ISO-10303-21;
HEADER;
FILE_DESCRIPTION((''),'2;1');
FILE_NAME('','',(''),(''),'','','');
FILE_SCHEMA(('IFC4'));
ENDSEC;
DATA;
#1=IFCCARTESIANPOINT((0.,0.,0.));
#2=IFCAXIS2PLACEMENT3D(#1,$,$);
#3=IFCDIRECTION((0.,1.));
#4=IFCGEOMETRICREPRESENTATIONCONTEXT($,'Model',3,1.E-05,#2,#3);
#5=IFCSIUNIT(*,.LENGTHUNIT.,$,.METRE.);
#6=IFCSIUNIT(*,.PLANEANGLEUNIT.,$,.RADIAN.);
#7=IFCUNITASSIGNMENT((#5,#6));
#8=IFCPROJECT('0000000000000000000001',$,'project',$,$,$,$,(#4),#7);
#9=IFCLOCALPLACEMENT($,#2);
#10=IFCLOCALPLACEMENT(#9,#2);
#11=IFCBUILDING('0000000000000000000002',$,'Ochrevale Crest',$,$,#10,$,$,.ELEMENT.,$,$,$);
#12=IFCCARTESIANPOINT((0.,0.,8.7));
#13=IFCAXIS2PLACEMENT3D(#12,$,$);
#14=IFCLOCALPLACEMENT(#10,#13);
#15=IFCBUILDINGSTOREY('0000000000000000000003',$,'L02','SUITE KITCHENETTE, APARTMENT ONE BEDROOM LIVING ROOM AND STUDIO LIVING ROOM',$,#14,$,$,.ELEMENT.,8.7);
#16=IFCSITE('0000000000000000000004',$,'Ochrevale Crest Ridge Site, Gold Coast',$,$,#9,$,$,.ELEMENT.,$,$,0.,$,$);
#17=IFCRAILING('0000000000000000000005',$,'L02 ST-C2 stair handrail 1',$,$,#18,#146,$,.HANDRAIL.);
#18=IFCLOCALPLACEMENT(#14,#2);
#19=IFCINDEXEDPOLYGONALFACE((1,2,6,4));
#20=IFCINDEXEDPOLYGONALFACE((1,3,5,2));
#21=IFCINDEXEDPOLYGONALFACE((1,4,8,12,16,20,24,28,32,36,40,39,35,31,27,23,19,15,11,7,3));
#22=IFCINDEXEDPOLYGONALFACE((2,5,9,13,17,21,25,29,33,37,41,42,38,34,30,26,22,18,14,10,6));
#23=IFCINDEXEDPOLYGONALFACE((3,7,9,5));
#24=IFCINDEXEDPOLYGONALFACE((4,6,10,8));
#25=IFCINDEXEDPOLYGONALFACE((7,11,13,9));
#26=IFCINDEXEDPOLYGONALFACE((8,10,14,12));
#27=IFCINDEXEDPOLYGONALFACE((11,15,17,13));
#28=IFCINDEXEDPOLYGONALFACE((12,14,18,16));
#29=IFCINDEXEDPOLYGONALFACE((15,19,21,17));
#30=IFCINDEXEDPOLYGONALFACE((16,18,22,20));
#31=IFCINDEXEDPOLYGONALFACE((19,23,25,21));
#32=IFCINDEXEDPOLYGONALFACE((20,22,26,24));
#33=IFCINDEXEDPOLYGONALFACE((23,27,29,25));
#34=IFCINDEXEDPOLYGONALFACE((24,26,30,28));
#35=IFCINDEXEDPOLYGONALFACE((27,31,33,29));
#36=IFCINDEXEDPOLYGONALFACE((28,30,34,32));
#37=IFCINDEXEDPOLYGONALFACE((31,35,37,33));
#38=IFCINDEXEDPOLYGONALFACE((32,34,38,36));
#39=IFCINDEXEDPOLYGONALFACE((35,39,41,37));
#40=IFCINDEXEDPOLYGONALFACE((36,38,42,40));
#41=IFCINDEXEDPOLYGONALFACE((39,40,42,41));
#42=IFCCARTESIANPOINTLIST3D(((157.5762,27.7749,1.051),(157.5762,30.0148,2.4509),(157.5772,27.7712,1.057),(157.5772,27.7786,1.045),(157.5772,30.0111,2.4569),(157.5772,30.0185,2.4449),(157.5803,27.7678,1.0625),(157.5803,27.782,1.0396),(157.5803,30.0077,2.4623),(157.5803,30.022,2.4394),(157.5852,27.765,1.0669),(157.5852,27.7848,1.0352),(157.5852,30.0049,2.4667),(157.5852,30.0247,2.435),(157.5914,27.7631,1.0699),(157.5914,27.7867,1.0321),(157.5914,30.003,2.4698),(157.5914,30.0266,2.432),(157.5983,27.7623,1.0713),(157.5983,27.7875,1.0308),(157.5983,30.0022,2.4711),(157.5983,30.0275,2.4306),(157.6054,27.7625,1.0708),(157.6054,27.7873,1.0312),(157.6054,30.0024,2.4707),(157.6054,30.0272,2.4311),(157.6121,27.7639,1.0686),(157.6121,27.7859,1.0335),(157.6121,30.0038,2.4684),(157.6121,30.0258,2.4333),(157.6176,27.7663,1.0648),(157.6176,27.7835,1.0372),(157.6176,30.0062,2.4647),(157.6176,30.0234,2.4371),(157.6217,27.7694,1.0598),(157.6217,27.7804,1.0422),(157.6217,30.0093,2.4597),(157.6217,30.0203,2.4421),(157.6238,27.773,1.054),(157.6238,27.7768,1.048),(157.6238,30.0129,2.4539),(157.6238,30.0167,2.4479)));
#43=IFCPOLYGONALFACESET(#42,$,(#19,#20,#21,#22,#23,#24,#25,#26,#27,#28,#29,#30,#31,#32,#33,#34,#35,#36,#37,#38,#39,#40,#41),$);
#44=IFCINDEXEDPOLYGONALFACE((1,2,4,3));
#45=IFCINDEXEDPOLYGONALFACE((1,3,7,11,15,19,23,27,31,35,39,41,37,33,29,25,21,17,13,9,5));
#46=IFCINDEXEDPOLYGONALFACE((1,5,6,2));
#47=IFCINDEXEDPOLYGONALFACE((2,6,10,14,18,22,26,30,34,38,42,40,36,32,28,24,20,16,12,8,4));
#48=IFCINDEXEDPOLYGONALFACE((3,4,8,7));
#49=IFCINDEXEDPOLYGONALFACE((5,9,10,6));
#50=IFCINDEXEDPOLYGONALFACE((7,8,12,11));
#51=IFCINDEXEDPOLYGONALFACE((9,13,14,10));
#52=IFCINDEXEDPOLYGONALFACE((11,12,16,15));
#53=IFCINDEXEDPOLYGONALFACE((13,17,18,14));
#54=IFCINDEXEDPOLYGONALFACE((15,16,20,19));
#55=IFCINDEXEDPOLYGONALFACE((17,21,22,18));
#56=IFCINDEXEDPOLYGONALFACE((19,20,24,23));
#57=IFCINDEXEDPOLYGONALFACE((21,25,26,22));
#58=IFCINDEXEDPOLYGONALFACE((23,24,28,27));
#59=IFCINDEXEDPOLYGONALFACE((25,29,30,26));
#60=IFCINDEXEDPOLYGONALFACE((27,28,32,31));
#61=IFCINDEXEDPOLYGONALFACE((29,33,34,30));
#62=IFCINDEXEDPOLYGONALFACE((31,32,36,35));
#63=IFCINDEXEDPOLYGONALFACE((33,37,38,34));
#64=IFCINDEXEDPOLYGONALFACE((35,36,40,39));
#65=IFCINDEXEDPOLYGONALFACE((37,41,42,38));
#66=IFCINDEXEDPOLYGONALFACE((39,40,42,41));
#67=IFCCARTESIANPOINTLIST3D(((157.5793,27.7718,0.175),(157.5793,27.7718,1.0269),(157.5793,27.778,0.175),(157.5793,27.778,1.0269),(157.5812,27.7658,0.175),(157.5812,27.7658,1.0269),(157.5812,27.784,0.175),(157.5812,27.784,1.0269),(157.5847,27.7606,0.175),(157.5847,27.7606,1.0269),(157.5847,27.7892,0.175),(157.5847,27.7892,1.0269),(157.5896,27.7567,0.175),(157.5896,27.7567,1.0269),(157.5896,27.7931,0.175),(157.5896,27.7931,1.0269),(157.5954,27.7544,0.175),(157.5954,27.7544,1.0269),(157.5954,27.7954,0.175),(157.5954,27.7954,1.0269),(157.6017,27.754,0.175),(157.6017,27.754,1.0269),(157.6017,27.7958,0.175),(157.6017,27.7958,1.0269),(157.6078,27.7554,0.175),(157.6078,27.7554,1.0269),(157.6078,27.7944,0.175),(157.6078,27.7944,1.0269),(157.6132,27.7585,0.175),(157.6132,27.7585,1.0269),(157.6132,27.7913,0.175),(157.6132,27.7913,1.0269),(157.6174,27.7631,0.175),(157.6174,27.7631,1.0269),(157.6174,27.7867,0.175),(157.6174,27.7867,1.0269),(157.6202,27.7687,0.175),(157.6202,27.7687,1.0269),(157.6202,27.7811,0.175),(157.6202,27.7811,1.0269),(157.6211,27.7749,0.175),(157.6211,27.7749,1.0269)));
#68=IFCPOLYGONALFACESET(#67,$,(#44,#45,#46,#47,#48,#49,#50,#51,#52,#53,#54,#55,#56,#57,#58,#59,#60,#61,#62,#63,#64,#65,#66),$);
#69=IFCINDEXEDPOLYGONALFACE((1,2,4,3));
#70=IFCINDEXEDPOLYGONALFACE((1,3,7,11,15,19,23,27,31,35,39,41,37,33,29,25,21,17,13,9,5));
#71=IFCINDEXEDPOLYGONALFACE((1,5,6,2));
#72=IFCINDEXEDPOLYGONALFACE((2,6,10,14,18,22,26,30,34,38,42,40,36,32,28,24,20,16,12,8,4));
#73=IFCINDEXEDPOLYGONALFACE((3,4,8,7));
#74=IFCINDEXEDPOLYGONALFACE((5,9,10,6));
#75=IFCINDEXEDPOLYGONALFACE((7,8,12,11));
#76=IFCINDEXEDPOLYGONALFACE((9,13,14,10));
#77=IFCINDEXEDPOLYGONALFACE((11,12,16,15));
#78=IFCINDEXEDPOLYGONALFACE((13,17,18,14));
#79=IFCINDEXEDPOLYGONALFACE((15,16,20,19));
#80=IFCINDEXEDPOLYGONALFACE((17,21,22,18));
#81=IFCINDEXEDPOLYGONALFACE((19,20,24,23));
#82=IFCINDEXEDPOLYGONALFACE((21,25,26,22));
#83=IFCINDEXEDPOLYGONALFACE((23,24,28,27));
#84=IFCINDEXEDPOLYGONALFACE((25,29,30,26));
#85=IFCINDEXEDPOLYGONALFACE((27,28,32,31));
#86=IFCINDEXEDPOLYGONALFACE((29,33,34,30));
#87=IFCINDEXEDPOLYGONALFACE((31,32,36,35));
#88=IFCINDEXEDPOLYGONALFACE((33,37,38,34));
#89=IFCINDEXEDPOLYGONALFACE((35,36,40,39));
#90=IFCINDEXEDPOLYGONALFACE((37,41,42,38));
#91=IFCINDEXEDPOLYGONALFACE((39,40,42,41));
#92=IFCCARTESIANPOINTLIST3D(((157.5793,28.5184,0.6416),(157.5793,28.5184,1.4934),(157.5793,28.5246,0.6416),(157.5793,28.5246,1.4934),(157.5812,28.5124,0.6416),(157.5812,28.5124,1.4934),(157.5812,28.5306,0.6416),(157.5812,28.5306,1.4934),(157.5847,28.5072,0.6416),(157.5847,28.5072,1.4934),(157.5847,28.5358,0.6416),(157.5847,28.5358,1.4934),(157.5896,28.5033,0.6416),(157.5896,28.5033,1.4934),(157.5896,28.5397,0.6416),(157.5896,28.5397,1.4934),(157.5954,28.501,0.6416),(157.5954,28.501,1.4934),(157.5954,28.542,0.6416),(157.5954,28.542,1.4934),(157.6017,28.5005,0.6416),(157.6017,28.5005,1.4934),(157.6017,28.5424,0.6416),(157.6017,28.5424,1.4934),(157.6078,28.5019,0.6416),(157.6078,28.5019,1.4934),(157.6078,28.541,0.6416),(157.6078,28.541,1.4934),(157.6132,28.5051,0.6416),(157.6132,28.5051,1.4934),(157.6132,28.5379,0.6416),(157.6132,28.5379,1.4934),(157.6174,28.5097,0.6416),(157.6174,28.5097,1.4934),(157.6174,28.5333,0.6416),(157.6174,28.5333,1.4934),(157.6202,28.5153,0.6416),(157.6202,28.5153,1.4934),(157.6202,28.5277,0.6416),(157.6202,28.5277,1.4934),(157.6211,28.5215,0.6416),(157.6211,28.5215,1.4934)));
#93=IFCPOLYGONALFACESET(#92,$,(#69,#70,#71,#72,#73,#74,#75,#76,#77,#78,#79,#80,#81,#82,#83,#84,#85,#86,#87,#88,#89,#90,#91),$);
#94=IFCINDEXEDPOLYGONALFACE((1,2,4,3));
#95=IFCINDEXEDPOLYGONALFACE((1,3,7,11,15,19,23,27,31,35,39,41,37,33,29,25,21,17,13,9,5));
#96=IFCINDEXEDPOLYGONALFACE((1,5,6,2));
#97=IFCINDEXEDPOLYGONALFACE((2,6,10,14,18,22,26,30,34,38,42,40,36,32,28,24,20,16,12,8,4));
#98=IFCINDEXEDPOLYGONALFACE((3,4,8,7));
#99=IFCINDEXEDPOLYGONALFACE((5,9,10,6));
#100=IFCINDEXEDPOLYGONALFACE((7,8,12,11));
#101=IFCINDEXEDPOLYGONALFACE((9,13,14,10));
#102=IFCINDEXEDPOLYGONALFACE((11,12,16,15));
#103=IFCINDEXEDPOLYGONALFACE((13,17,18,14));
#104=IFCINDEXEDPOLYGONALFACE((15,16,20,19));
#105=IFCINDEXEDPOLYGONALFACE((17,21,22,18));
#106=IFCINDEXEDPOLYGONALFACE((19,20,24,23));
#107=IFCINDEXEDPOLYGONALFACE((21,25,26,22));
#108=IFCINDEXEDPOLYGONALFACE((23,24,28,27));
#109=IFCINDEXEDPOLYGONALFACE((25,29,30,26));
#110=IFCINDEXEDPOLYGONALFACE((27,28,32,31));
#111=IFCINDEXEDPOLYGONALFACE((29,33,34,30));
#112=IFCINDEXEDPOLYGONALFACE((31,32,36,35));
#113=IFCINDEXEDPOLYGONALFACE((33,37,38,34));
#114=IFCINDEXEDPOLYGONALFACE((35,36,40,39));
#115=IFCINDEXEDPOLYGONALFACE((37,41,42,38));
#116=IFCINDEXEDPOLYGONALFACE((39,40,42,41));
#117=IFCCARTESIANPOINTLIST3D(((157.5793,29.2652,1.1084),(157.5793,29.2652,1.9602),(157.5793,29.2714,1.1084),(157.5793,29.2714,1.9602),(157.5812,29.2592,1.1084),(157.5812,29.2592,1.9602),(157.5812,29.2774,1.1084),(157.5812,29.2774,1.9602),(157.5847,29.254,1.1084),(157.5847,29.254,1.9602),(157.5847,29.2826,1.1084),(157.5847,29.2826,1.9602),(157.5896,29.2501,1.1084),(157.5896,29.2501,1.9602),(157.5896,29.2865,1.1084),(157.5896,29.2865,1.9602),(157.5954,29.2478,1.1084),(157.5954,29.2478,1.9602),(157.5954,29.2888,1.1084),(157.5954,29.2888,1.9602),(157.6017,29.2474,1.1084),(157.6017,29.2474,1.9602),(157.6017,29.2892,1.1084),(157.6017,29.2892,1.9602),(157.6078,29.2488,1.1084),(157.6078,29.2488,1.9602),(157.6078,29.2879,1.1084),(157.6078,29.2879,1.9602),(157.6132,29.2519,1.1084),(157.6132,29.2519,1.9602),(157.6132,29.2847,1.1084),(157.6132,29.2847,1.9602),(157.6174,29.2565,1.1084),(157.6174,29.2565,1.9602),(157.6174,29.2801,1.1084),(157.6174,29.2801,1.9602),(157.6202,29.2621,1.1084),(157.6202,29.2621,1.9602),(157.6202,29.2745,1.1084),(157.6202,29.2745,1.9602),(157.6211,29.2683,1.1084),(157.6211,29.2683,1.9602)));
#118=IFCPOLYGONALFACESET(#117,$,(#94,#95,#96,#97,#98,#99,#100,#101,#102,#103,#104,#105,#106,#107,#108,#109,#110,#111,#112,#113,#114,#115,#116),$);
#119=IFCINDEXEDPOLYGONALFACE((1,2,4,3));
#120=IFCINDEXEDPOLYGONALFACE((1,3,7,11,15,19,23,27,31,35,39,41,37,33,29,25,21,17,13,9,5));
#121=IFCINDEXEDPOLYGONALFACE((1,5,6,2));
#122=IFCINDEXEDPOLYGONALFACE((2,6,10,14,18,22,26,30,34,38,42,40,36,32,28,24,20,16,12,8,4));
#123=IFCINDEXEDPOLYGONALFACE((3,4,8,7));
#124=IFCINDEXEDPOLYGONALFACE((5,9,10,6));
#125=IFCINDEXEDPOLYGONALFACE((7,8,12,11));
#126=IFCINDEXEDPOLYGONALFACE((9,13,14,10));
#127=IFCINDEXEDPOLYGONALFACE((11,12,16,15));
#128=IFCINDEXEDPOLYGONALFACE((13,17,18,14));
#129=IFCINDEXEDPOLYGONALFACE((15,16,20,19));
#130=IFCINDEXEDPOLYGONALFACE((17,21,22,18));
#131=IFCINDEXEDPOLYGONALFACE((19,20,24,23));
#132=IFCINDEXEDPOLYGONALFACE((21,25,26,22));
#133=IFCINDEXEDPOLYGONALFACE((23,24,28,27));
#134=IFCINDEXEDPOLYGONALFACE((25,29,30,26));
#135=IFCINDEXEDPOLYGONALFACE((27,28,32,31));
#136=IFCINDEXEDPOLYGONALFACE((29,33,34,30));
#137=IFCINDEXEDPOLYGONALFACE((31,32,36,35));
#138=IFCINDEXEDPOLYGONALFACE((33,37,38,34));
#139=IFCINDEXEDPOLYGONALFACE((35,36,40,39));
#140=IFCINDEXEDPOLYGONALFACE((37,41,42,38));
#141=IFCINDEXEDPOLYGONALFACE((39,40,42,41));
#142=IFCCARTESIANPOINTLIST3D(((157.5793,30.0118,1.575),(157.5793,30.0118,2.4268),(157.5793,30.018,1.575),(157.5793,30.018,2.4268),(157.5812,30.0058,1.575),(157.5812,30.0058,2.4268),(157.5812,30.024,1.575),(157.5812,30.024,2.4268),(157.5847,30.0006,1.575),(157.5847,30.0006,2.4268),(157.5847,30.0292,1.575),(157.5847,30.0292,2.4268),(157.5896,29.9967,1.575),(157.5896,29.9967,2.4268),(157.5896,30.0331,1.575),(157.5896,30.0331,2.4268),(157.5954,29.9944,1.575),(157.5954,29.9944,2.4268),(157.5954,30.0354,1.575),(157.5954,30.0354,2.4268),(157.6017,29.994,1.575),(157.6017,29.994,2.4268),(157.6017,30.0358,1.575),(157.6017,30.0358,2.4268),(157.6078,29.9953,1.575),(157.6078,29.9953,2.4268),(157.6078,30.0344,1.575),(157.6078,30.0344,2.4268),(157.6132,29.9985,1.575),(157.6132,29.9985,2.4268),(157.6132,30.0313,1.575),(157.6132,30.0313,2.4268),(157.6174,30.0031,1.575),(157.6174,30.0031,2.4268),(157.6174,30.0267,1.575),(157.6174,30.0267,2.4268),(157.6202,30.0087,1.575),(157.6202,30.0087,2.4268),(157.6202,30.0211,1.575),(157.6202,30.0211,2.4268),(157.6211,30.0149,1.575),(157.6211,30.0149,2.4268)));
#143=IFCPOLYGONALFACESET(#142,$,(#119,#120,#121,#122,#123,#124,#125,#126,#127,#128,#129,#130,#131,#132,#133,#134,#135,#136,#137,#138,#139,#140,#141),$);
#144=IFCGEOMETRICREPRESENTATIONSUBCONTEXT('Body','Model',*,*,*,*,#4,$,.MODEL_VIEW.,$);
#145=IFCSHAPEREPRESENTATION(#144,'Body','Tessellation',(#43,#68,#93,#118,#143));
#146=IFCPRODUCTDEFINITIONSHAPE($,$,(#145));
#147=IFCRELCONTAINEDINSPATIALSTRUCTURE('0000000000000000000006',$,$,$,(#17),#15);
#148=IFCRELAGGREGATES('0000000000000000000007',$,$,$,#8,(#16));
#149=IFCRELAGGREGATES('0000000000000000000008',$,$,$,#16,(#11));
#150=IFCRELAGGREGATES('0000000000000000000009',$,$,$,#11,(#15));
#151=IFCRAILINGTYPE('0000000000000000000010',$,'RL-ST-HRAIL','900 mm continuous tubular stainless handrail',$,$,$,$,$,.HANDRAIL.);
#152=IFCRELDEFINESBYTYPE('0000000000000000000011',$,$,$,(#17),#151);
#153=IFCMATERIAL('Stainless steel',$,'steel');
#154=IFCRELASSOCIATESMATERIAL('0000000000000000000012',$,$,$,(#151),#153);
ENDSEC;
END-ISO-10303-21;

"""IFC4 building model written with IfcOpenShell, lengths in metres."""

from ifc_helpers import new_model, si_unit, direction, frame, origin, origin_2d, place, context, subcontext, project, spatial, circle, extrude, material, type_object, element, save


model = new_model("IFC4")

# Units and contexts
model_context = context("Model", 3, precision=1e-05, world=origin(), true_north=direction((0.0, 1.0)))
body_context = subcontext(model_context, "Body", "Model", "MODEL_VIEW")
ifc_project = project(units=[si_unit("LENGTHUNIT", "METRE"), si_unit("PLANEANGLEUNIT", "RADIAN")], contexts=[model_context])

# Site, building, storey
site_placement = place(None, origin())
site = spatial("IfcSite", under=ifc_project, at=site_placement, Name="Ochrevale Crest Ridge Site, Gold Coast", CompositionType="ELEMENT", RefElevation=0.0)
building_placement = place(site_placement, origin())
building = spatial("IfcBuilding", under=site, at=building_placement, Name="Ochrevale Crest", CompositionType="ELEMENT")
storey_placement = place(building_placement, frame((0.0, 0.0, 8.7)))
storey = spatial("IfcBuildingStorey", under=building, at=storey_placement, Name="L02", Description="SUITE KITCHENETTE, APARTMENT ONE BEDROOM LIVING ROOM AND STUDIO LIVING ROOM", CompositionType="ELEMENT", Elevation=8.7)

# Railing
ifc_material_1 = material(Name="Stainless steel", Category="steel")
railing_type_1 = type_object("IfcRailingType", Name="RL-ST-HRAIL", Description="900 mm continuous tubular stainless handrail", PredefinedType="HANDRAIL", material=ifc_material_1)
railing_1_placement = place(storey_placement, frame((157.6001, 27.7749, 0.175)))
element("IfcRailing", 1, at=railing_1_placement, inside=storey, type_object=railing_type_1, Name="L02 ST-C2 stair handrail 1", PredefinedType="HANDRAIL", context=body_context, shape_type="SweptSolid", body=[
    extrude(circle(Radius=0.0239, at=origin_2d()), frame((0.0, 0.0, 0.876), z_axis=(0.0, 0.848014, 0.529974), x_axis=(-1.0, 0.0, 0.0)), (0.0, 0.0, 1.0), 2.6414),
    extrude(circle(Radius=0.021, at=origin_2d()), origin(), (0.0, 0.0, 1.0), 0.8518),
    extrude(circle(Radius=0.021, at=origin_2d()), frame((0.0, 0.7466, 0.4666)), (0.0, 0.0, 1.0), 0.8518),
    extrude(circle(Radius=0.021, at=origin_2d()), frame((0.0, 1.4934, 0.9333)), (0.0, 0.0, 1.0), 0.8518),
    extrude(circle(Radius=0.021, at=origin_2d()), frame((0.0, 2.24, 1.3999)), (0.0, 0.0, 1.0), 0.8518),
])

save(model, "model.ifc")
